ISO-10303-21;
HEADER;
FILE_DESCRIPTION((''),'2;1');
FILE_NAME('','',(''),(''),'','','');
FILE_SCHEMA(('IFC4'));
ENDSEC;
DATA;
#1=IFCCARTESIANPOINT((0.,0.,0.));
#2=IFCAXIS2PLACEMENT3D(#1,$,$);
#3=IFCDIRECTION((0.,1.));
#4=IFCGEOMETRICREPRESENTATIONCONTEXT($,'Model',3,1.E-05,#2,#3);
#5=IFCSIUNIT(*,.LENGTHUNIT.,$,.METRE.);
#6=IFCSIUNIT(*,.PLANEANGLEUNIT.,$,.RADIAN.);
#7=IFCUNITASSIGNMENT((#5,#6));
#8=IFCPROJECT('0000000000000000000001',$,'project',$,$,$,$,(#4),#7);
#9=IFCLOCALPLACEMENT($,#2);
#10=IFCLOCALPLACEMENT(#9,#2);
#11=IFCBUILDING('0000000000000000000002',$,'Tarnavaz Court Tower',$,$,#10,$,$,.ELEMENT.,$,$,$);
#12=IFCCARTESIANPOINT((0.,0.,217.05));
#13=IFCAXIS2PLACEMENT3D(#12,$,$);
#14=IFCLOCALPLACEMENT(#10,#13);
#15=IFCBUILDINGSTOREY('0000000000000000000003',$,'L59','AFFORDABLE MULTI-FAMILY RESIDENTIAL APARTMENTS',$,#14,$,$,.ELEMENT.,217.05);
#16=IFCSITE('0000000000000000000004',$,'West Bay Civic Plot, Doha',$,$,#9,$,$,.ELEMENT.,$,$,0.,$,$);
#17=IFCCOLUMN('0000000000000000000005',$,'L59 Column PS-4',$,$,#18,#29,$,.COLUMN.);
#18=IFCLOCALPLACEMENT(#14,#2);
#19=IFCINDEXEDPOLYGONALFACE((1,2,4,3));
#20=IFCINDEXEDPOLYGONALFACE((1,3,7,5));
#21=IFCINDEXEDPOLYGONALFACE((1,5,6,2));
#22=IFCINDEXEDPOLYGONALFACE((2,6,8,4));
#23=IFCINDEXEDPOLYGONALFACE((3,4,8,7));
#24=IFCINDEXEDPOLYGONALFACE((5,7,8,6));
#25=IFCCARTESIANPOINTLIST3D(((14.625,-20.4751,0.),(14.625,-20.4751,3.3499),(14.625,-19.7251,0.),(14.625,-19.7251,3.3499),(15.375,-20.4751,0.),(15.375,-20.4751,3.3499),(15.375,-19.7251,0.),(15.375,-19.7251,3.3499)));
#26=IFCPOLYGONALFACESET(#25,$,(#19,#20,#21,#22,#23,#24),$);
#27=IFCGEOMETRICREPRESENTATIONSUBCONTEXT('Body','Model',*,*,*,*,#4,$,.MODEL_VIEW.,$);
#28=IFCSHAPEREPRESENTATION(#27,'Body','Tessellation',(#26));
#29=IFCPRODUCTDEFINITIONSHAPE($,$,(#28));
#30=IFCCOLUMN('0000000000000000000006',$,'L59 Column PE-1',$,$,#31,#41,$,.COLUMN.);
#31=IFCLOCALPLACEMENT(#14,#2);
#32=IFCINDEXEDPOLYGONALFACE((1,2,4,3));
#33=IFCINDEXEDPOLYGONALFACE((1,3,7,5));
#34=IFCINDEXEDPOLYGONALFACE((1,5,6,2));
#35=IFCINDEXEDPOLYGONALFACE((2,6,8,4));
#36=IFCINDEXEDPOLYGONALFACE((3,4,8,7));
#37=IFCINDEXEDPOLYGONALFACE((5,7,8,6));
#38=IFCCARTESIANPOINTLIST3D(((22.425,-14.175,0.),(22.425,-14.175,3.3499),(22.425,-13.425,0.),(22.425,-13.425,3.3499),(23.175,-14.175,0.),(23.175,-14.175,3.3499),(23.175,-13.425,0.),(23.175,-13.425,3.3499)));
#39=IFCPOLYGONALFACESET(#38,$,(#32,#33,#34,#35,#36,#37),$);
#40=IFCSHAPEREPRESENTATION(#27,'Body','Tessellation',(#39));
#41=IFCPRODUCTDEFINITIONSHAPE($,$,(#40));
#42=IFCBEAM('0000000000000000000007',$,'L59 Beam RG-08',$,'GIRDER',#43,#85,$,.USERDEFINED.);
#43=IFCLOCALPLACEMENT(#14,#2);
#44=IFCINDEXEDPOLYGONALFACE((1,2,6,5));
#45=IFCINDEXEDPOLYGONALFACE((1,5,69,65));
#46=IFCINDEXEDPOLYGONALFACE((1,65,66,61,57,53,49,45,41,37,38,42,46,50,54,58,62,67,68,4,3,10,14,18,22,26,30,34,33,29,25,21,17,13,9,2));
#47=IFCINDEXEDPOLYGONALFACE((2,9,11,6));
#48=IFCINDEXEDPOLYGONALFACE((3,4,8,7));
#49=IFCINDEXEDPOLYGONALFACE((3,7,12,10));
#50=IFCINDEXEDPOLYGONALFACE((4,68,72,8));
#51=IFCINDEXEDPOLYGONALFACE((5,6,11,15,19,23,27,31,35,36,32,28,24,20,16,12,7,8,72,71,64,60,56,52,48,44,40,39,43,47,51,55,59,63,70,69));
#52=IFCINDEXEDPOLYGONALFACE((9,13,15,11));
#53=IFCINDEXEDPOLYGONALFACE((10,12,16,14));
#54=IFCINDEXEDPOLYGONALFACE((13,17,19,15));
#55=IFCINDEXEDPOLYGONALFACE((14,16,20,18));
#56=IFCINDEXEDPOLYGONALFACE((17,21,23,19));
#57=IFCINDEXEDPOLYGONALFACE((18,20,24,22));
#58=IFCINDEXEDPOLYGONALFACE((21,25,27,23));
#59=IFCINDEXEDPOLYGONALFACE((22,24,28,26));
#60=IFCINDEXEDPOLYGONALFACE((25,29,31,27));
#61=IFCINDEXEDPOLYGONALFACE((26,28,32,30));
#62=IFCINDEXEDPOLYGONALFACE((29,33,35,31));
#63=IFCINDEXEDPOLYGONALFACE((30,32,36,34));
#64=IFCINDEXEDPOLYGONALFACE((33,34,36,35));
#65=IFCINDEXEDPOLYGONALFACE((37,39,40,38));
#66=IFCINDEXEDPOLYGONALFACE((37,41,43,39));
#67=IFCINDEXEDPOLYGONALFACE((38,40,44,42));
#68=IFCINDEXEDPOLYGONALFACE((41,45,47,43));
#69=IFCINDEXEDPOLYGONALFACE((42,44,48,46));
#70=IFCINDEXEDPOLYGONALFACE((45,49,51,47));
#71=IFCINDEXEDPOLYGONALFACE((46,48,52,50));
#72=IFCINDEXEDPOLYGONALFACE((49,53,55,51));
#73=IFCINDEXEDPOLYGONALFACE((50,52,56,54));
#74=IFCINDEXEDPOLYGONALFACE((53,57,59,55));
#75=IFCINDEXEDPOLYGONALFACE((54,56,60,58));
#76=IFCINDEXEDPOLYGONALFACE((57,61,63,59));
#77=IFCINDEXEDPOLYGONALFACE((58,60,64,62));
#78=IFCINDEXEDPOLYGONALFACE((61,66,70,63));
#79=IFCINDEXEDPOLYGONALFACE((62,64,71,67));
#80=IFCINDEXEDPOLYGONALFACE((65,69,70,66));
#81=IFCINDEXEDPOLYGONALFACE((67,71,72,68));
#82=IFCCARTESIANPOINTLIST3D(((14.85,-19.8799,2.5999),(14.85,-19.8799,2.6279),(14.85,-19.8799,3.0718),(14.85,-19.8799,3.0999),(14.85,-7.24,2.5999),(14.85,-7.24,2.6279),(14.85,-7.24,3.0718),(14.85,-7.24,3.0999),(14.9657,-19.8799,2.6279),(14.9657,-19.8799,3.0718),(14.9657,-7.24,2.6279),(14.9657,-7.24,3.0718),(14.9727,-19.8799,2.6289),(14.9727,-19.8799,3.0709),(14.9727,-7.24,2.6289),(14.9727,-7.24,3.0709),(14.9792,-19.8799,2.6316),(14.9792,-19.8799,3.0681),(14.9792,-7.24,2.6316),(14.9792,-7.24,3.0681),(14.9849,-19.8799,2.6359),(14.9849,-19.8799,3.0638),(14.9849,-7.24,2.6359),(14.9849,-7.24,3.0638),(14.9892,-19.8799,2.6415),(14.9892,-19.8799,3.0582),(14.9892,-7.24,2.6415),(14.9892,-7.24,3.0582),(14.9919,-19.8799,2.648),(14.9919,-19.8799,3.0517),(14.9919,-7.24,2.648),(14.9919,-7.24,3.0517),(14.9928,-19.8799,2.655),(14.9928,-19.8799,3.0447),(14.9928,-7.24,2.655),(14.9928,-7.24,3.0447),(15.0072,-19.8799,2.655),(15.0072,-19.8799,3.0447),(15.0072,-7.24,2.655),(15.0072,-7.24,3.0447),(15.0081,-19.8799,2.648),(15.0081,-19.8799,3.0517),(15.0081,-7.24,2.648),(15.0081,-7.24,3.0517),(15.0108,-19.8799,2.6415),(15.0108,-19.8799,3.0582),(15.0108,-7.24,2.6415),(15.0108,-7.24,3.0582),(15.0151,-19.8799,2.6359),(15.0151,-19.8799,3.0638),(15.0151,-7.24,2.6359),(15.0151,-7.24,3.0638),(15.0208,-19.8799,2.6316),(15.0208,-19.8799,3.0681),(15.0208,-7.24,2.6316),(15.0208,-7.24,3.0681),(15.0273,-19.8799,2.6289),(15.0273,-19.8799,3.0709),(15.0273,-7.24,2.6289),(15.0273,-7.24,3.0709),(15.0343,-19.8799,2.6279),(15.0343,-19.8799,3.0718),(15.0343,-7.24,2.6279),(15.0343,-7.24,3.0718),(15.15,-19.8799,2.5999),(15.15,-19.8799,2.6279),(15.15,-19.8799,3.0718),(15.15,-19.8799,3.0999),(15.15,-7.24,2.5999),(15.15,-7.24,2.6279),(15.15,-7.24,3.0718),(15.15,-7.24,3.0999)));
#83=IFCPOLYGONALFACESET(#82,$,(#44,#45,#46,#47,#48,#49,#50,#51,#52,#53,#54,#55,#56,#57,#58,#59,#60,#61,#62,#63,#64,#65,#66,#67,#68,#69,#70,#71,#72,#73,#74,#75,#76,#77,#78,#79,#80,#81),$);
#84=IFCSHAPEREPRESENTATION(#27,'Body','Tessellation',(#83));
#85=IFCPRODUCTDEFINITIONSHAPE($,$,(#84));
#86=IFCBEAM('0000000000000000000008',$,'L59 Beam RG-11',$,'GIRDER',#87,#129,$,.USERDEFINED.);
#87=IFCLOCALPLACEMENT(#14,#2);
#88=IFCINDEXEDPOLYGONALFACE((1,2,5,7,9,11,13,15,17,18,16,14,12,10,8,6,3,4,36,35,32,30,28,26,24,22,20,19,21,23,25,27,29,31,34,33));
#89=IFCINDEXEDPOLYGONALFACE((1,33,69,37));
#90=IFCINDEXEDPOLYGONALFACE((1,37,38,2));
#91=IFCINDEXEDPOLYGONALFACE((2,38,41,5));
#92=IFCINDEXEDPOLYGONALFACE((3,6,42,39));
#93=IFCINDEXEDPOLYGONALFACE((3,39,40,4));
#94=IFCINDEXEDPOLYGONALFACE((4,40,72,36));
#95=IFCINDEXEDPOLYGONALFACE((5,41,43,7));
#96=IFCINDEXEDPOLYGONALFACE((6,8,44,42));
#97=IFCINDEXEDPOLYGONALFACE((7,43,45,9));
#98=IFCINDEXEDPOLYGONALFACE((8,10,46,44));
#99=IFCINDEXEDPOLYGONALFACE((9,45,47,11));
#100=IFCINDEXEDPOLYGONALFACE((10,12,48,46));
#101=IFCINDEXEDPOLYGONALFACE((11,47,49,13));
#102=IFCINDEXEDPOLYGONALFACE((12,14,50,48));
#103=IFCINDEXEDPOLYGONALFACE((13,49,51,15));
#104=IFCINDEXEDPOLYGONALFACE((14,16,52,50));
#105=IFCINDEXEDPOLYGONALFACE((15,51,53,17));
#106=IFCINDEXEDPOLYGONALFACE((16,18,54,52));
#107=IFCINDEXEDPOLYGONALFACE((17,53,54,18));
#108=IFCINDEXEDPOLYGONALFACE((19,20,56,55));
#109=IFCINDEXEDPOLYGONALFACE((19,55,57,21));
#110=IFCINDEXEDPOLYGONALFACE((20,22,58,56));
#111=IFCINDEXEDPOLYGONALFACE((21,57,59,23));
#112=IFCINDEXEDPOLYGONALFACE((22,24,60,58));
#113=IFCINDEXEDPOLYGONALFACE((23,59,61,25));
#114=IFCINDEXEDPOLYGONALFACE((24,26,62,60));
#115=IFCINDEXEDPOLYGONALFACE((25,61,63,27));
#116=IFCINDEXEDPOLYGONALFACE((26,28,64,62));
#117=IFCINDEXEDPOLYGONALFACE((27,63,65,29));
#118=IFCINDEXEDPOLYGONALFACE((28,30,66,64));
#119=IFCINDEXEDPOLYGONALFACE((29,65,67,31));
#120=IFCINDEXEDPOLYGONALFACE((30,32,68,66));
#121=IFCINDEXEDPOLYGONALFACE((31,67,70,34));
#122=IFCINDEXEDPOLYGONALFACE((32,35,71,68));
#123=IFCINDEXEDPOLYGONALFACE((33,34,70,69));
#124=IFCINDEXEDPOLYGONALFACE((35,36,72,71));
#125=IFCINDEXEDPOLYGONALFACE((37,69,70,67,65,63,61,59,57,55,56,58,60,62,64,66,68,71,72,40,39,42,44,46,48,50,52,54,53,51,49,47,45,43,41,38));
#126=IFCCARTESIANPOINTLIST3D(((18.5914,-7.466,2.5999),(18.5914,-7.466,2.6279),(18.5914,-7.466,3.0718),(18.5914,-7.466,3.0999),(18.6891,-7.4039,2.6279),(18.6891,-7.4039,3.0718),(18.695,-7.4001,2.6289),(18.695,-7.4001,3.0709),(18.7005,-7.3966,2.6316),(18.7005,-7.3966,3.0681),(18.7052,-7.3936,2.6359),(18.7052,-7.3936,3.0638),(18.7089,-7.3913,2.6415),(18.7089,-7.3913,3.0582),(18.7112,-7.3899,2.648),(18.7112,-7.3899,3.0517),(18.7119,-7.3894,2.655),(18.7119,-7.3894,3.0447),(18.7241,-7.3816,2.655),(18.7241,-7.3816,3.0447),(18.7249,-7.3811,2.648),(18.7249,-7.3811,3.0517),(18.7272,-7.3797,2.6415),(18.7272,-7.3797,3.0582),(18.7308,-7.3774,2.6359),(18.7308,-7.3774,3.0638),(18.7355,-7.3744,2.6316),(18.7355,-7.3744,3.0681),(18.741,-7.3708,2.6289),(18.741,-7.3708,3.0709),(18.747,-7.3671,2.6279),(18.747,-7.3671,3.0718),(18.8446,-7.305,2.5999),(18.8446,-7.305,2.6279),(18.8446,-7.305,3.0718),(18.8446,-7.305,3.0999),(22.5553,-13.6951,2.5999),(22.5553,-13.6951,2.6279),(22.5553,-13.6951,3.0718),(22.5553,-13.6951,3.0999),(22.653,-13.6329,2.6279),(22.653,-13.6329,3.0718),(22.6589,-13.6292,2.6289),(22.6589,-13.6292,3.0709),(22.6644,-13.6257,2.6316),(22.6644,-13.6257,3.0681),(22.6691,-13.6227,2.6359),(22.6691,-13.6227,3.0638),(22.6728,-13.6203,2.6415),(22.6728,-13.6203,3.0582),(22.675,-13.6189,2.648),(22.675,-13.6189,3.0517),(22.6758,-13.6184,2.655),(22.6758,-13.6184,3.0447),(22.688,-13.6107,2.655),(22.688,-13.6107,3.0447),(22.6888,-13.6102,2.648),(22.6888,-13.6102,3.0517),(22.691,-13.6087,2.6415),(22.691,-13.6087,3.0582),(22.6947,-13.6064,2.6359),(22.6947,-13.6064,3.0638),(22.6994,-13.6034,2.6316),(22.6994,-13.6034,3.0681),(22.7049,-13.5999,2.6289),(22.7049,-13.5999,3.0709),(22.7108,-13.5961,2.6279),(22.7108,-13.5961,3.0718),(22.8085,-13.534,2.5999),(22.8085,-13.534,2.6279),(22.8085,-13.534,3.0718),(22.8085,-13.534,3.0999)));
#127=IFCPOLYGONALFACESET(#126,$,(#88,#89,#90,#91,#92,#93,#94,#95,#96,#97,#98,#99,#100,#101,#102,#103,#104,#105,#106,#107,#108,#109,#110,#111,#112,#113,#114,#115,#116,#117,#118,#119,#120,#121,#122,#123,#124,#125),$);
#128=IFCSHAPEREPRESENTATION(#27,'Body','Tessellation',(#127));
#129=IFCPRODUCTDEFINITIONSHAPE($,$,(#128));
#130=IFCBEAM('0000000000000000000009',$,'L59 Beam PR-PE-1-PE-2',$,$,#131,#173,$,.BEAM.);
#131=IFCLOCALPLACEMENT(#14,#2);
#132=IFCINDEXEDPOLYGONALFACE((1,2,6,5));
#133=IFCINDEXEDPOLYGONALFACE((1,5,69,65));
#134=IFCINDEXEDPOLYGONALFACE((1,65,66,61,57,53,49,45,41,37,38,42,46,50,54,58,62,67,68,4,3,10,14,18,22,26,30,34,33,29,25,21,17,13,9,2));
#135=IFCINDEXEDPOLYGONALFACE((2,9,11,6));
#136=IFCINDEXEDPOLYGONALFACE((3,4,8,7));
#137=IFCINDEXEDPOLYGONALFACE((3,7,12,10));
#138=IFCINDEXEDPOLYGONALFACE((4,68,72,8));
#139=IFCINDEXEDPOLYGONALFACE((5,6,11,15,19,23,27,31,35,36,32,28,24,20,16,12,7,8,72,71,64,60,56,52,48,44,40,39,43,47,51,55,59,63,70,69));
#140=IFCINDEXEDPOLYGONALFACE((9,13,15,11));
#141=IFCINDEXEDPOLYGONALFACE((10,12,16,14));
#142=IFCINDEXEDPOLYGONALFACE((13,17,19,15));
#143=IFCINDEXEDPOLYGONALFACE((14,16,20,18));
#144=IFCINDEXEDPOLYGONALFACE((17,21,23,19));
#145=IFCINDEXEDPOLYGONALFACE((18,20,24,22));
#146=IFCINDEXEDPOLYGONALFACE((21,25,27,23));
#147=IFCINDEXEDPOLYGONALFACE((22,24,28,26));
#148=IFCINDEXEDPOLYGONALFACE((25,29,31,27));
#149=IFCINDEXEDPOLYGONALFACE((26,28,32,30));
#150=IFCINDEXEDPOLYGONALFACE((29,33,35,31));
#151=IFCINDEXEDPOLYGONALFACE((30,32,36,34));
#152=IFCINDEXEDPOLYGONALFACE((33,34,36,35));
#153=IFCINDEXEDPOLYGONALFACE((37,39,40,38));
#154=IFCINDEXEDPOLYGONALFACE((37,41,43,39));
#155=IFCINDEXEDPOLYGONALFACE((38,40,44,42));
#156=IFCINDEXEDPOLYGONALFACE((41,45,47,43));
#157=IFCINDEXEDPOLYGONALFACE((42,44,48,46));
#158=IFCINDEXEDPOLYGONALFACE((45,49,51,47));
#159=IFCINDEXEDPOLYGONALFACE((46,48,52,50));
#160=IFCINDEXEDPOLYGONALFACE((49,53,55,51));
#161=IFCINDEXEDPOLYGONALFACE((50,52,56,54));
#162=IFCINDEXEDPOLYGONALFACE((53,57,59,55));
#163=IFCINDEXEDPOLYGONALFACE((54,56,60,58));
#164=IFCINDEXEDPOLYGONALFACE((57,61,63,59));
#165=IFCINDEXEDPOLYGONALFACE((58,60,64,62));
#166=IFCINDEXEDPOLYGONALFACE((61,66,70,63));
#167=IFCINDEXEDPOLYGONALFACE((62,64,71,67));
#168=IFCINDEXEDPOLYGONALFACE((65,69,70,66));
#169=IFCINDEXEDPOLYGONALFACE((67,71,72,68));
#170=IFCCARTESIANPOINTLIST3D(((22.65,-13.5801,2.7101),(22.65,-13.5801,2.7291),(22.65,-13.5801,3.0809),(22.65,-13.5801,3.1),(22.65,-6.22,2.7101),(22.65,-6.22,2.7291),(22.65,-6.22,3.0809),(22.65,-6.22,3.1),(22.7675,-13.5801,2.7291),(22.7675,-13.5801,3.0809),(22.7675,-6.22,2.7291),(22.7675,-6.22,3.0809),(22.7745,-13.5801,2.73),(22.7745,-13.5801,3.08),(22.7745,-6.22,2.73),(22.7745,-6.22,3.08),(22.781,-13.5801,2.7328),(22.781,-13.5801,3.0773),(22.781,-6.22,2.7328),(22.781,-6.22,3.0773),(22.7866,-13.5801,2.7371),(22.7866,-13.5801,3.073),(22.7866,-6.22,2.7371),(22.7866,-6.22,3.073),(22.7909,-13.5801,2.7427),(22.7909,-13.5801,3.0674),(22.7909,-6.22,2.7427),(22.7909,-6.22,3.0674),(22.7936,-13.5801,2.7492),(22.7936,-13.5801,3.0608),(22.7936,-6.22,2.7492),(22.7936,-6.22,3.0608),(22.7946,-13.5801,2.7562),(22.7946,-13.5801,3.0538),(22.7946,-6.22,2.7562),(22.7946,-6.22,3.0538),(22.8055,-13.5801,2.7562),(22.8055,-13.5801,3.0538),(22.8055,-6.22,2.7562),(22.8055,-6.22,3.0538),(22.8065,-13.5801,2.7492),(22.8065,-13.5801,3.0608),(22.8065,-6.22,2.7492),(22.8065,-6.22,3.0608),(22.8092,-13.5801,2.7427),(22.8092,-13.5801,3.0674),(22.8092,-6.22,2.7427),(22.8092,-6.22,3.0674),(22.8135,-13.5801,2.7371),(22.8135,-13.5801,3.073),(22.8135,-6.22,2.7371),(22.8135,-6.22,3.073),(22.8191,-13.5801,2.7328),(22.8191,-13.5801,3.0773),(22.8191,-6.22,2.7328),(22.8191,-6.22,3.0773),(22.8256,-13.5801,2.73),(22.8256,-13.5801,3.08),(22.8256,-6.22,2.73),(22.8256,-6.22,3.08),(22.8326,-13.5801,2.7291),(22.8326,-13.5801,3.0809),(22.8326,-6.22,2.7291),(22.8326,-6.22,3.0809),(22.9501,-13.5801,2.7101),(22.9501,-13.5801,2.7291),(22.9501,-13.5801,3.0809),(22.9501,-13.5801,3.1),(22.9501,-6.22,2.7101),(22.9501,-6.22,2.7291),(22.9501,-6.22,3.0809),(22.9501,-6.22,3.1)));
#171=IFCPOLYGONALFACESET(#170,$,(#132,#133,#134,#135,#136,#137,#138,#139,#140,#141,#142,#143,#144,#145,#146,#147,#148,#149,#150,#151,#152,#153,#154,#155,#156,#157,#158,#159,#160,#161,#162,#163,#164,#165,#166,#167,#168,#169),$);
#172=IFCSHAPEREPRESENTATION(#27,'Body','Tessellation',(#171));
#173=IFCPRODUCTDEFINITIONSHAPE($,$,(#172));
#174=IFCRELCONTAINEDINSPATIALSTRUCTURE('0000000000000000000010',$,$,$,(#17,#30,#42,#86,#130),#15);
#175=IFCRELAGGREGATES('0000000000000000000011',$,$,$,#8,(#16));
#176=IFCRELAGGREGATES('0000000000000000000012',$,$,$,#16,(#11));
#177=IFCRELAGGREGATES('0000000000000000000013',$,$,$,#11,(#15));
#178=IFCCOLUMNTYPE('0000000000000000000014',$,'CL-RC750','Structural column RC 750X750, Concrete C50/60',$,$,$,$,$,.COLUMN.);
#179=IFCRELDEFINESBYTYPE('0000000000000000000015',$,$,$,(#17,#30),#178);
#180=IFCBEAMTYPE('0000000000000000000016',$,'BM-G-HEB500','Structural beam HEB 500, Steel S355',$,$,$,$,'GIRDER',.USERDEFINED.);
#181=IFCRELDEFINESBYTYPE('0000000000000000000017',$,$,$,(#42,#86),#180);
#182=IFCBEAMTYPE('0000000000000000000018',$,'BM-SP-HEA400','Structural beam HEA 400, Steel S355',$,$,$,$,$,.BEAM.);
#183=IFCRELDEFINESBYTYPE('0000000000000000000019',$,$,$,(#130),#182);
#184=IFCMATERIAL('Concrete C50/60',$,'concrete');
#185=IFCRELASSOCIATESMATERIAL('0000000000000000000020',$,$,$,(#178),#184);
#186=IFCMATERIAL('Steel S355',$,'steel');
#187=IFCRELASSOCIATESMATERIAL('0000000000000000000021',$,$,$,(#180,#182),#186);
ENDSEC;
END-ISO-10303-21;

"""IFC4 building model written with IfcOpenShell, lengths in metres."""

from ifc_helpers import new_model, si_unit, direction, frame, origin, origin_2d, place, context, subcontext, project, spatial, rectangle, i_section, extrude, material, material_profile, profile_set, type_object, element, save


model = new_model("IFC4")

# Units and contexts
model_context = context("Model", 3, precision=1e-05, world=origin(), true_north=direction((0.0, 1.0)))
body_context = subcontext(model_context, "Body", "Model", "MODEL_VIEW")
ifc_project = project(units=[si_unit("LENGTHUNIT", "METRE"), si_unit("PLANEANGLEUNIT", "RADIAN")], contexts=[model_context])

# Site, building, storey
site_placement = place(None, origin())
site = spatial("IfcSite", under=ifc_project, at=site_placement, Name="West Bay Civic Plot, Doha", CompositionType="ELEMENT", RefElevation=0.0)
building_placement = place(site_placement, origin())
building = spatial("IfcBuilding", under=site, at=building_placement, Name="Tarnavaz Court Tower", CompositionType="ELEMENT")
storey_placement = place(building_placement, frame((0.0, 0.0, 217.05)))
storey = spatial("IfcBuildingStorey", under=building, at=storey_placement, Name="L59", Description="AFFORDABLE MULTI-FAMILY RESIDENTIAL APARTMENTS", CompositionType="ELEMENT", Elevation=217.05)

# Columns
ifc_material_1 = material(Name="Concrete C50/60", Category="concrete")
ifc_material_profile_1 = material_profile(ifc_material_1, rectangle(XDim=0.75, YDim=0.75, at=origin_2d()), Name="RC 750X750")
ifc_profile_set_1 = profile_set([ifc_material_profile_1], Name="Concrete C50/60")
column_type = type_object("IfcColumnType", Name="CL-RC750", Description="Structural column RC 750X750, Concrete C50/60", PredefinedType="COLUMN", material=ifc_profile_set_1)
for number, where, z_axis, x_axis, name in (
    (1, (15.0, -20.1001, 0.0), (0.0, 0.0, 1.0), (1.0, 0.0, 0.0), "L59 Column PS-4"),
    (2, (22.8, -13.8, 0.0), (0.0, 0.0, 1.0), (1.0, 0.0, 0.0), "L59 Column PE-1"),
):
    element("IfcColumn", number, at=place(storey_placement, frame(where, z_axis=z_axis, x_axis=x_axis)), inside=storey, type_object=column_type, Name=name, PredefinedType="COLUMN", context=body_context, shape_type="SweptSolid", body=[
        extrude(rectangle(XDim=0.75, YDim=0.75, at=origin_2d()), origin(), (0.0, 0.0, 1.0), 3.3499),
    ])

# Beams
ifc_material_2 = material(Name="Steel S355", Category="steel")
ifc_material_profile_2 = material_profile(ifc_material_2, i_section(OverallWidth=0.3, OverallDepth=0.5, WebThickness=0.0144, FlangeThickness=0.0281, FilletRadius=0.0271, at=origin_2d()), Name="HEB 500")
ifc_profile_set_2 = profile_set([ifc_material_profile_2], Name="Steel S355")
beam_type_1 = type_object("IfcBeamType", Name="BM-G-HEB500", Description="Structural beam HEB 500, Steel S355", ElementType="GIRDER", PredefinedType="USERDEFINED", material=ifc_profile_set_2)
beam_1_placement = place(storey_placement, frame((15.0, -7.24, 2.8499), z_axis=(0.0, -1.0, 0.0), x_axis=(1.0, 0.0, 0.0)))
element("IfcBeam", 3, at=beam_1_placement, inside=storey, type_object=beam_type_1, Name="L59 Beam RG-08", ObjectType="GIRDER", PredefinedType="USERDEFINED", context=body_context, shape_type="SweptSolid", body=[
    extrude(i_section(OverallWidth=0.3, OverallDepth=0.5, WebThickness=0.0144, FlangeThickness=0.0281, FilletRadius=0.0271, at=origin_2d()), origin(), (0.0, 0.0, 1.0), 12.6399),
])
beam_2_placement = place(storey_placement, frame((18.718, -7.3855, 2.8499), z_axis=(0.536871, -0.843664, 0.0), x_axis=(0.843664, 0.536871, 0.0)))
element("IfcBeam", 4, at=beam_2_placement, inside=storey, type_object=beam_type_1, Name="L59 Beam RG-11", ObjectType="GIRDER", PredefinedType="USERDEFINED", context=body_context, shape_type="SweptSolid", body=[
    extrude(i_section(OverallWidth=0.3, OverallDepth=0.5, WebThickness=0.0144, FlangeThickness=0.0281, FilletRadius=0.0271, at=origin_2d()), origin(), (0.0, 0.0, 1.0), 7.3833),
])
ifc_material_profile_3 = material_profile(ifc_material_2, i_section(OverallWidth=0.3, OverallDepth=0.3899, WebThickness=0.011, FlangeThickness=0.019, FilletRadius=0.0271, at=origin_2d()), Name="HEA 400")
ifc_profile_set_3 = profile_set([ifc_material_profile_3], Name="Steel S355")
beam_type_2 = type_object("IfcBeamType", Name="BM-SP-HEA400", Description="Structural beam HEA 400, Steel S355", PredefinedType="BEAM", material=ifc_profile_set_3)
beam_3_placement = place(storey_placement, frame((22.8, -13.5801, 2.905), z_axis=(0.0, 1.0, 0.0), x_axis=(-1.0, 0.0, 0.0)))
element("IfcBeam", 5, at=beam_3_placement, inside=storey, type_object=beam_type_2, Name="L59 Beam PR-PE-1-PE-2", PredefinedType="BEAM", context=body_context, shape_type="SweptSolid", body=[
    extrude(i_section(OverallWidth=0.3, OverallDepth=0.3899, WebThickness=0.011, FlangeThickness=0.019, FilletRadius=0.0271, at=origin_2d()), origin(), (0.0, 0.0, 1.0), 7.3601),
])

save(model, "model.ifc")
